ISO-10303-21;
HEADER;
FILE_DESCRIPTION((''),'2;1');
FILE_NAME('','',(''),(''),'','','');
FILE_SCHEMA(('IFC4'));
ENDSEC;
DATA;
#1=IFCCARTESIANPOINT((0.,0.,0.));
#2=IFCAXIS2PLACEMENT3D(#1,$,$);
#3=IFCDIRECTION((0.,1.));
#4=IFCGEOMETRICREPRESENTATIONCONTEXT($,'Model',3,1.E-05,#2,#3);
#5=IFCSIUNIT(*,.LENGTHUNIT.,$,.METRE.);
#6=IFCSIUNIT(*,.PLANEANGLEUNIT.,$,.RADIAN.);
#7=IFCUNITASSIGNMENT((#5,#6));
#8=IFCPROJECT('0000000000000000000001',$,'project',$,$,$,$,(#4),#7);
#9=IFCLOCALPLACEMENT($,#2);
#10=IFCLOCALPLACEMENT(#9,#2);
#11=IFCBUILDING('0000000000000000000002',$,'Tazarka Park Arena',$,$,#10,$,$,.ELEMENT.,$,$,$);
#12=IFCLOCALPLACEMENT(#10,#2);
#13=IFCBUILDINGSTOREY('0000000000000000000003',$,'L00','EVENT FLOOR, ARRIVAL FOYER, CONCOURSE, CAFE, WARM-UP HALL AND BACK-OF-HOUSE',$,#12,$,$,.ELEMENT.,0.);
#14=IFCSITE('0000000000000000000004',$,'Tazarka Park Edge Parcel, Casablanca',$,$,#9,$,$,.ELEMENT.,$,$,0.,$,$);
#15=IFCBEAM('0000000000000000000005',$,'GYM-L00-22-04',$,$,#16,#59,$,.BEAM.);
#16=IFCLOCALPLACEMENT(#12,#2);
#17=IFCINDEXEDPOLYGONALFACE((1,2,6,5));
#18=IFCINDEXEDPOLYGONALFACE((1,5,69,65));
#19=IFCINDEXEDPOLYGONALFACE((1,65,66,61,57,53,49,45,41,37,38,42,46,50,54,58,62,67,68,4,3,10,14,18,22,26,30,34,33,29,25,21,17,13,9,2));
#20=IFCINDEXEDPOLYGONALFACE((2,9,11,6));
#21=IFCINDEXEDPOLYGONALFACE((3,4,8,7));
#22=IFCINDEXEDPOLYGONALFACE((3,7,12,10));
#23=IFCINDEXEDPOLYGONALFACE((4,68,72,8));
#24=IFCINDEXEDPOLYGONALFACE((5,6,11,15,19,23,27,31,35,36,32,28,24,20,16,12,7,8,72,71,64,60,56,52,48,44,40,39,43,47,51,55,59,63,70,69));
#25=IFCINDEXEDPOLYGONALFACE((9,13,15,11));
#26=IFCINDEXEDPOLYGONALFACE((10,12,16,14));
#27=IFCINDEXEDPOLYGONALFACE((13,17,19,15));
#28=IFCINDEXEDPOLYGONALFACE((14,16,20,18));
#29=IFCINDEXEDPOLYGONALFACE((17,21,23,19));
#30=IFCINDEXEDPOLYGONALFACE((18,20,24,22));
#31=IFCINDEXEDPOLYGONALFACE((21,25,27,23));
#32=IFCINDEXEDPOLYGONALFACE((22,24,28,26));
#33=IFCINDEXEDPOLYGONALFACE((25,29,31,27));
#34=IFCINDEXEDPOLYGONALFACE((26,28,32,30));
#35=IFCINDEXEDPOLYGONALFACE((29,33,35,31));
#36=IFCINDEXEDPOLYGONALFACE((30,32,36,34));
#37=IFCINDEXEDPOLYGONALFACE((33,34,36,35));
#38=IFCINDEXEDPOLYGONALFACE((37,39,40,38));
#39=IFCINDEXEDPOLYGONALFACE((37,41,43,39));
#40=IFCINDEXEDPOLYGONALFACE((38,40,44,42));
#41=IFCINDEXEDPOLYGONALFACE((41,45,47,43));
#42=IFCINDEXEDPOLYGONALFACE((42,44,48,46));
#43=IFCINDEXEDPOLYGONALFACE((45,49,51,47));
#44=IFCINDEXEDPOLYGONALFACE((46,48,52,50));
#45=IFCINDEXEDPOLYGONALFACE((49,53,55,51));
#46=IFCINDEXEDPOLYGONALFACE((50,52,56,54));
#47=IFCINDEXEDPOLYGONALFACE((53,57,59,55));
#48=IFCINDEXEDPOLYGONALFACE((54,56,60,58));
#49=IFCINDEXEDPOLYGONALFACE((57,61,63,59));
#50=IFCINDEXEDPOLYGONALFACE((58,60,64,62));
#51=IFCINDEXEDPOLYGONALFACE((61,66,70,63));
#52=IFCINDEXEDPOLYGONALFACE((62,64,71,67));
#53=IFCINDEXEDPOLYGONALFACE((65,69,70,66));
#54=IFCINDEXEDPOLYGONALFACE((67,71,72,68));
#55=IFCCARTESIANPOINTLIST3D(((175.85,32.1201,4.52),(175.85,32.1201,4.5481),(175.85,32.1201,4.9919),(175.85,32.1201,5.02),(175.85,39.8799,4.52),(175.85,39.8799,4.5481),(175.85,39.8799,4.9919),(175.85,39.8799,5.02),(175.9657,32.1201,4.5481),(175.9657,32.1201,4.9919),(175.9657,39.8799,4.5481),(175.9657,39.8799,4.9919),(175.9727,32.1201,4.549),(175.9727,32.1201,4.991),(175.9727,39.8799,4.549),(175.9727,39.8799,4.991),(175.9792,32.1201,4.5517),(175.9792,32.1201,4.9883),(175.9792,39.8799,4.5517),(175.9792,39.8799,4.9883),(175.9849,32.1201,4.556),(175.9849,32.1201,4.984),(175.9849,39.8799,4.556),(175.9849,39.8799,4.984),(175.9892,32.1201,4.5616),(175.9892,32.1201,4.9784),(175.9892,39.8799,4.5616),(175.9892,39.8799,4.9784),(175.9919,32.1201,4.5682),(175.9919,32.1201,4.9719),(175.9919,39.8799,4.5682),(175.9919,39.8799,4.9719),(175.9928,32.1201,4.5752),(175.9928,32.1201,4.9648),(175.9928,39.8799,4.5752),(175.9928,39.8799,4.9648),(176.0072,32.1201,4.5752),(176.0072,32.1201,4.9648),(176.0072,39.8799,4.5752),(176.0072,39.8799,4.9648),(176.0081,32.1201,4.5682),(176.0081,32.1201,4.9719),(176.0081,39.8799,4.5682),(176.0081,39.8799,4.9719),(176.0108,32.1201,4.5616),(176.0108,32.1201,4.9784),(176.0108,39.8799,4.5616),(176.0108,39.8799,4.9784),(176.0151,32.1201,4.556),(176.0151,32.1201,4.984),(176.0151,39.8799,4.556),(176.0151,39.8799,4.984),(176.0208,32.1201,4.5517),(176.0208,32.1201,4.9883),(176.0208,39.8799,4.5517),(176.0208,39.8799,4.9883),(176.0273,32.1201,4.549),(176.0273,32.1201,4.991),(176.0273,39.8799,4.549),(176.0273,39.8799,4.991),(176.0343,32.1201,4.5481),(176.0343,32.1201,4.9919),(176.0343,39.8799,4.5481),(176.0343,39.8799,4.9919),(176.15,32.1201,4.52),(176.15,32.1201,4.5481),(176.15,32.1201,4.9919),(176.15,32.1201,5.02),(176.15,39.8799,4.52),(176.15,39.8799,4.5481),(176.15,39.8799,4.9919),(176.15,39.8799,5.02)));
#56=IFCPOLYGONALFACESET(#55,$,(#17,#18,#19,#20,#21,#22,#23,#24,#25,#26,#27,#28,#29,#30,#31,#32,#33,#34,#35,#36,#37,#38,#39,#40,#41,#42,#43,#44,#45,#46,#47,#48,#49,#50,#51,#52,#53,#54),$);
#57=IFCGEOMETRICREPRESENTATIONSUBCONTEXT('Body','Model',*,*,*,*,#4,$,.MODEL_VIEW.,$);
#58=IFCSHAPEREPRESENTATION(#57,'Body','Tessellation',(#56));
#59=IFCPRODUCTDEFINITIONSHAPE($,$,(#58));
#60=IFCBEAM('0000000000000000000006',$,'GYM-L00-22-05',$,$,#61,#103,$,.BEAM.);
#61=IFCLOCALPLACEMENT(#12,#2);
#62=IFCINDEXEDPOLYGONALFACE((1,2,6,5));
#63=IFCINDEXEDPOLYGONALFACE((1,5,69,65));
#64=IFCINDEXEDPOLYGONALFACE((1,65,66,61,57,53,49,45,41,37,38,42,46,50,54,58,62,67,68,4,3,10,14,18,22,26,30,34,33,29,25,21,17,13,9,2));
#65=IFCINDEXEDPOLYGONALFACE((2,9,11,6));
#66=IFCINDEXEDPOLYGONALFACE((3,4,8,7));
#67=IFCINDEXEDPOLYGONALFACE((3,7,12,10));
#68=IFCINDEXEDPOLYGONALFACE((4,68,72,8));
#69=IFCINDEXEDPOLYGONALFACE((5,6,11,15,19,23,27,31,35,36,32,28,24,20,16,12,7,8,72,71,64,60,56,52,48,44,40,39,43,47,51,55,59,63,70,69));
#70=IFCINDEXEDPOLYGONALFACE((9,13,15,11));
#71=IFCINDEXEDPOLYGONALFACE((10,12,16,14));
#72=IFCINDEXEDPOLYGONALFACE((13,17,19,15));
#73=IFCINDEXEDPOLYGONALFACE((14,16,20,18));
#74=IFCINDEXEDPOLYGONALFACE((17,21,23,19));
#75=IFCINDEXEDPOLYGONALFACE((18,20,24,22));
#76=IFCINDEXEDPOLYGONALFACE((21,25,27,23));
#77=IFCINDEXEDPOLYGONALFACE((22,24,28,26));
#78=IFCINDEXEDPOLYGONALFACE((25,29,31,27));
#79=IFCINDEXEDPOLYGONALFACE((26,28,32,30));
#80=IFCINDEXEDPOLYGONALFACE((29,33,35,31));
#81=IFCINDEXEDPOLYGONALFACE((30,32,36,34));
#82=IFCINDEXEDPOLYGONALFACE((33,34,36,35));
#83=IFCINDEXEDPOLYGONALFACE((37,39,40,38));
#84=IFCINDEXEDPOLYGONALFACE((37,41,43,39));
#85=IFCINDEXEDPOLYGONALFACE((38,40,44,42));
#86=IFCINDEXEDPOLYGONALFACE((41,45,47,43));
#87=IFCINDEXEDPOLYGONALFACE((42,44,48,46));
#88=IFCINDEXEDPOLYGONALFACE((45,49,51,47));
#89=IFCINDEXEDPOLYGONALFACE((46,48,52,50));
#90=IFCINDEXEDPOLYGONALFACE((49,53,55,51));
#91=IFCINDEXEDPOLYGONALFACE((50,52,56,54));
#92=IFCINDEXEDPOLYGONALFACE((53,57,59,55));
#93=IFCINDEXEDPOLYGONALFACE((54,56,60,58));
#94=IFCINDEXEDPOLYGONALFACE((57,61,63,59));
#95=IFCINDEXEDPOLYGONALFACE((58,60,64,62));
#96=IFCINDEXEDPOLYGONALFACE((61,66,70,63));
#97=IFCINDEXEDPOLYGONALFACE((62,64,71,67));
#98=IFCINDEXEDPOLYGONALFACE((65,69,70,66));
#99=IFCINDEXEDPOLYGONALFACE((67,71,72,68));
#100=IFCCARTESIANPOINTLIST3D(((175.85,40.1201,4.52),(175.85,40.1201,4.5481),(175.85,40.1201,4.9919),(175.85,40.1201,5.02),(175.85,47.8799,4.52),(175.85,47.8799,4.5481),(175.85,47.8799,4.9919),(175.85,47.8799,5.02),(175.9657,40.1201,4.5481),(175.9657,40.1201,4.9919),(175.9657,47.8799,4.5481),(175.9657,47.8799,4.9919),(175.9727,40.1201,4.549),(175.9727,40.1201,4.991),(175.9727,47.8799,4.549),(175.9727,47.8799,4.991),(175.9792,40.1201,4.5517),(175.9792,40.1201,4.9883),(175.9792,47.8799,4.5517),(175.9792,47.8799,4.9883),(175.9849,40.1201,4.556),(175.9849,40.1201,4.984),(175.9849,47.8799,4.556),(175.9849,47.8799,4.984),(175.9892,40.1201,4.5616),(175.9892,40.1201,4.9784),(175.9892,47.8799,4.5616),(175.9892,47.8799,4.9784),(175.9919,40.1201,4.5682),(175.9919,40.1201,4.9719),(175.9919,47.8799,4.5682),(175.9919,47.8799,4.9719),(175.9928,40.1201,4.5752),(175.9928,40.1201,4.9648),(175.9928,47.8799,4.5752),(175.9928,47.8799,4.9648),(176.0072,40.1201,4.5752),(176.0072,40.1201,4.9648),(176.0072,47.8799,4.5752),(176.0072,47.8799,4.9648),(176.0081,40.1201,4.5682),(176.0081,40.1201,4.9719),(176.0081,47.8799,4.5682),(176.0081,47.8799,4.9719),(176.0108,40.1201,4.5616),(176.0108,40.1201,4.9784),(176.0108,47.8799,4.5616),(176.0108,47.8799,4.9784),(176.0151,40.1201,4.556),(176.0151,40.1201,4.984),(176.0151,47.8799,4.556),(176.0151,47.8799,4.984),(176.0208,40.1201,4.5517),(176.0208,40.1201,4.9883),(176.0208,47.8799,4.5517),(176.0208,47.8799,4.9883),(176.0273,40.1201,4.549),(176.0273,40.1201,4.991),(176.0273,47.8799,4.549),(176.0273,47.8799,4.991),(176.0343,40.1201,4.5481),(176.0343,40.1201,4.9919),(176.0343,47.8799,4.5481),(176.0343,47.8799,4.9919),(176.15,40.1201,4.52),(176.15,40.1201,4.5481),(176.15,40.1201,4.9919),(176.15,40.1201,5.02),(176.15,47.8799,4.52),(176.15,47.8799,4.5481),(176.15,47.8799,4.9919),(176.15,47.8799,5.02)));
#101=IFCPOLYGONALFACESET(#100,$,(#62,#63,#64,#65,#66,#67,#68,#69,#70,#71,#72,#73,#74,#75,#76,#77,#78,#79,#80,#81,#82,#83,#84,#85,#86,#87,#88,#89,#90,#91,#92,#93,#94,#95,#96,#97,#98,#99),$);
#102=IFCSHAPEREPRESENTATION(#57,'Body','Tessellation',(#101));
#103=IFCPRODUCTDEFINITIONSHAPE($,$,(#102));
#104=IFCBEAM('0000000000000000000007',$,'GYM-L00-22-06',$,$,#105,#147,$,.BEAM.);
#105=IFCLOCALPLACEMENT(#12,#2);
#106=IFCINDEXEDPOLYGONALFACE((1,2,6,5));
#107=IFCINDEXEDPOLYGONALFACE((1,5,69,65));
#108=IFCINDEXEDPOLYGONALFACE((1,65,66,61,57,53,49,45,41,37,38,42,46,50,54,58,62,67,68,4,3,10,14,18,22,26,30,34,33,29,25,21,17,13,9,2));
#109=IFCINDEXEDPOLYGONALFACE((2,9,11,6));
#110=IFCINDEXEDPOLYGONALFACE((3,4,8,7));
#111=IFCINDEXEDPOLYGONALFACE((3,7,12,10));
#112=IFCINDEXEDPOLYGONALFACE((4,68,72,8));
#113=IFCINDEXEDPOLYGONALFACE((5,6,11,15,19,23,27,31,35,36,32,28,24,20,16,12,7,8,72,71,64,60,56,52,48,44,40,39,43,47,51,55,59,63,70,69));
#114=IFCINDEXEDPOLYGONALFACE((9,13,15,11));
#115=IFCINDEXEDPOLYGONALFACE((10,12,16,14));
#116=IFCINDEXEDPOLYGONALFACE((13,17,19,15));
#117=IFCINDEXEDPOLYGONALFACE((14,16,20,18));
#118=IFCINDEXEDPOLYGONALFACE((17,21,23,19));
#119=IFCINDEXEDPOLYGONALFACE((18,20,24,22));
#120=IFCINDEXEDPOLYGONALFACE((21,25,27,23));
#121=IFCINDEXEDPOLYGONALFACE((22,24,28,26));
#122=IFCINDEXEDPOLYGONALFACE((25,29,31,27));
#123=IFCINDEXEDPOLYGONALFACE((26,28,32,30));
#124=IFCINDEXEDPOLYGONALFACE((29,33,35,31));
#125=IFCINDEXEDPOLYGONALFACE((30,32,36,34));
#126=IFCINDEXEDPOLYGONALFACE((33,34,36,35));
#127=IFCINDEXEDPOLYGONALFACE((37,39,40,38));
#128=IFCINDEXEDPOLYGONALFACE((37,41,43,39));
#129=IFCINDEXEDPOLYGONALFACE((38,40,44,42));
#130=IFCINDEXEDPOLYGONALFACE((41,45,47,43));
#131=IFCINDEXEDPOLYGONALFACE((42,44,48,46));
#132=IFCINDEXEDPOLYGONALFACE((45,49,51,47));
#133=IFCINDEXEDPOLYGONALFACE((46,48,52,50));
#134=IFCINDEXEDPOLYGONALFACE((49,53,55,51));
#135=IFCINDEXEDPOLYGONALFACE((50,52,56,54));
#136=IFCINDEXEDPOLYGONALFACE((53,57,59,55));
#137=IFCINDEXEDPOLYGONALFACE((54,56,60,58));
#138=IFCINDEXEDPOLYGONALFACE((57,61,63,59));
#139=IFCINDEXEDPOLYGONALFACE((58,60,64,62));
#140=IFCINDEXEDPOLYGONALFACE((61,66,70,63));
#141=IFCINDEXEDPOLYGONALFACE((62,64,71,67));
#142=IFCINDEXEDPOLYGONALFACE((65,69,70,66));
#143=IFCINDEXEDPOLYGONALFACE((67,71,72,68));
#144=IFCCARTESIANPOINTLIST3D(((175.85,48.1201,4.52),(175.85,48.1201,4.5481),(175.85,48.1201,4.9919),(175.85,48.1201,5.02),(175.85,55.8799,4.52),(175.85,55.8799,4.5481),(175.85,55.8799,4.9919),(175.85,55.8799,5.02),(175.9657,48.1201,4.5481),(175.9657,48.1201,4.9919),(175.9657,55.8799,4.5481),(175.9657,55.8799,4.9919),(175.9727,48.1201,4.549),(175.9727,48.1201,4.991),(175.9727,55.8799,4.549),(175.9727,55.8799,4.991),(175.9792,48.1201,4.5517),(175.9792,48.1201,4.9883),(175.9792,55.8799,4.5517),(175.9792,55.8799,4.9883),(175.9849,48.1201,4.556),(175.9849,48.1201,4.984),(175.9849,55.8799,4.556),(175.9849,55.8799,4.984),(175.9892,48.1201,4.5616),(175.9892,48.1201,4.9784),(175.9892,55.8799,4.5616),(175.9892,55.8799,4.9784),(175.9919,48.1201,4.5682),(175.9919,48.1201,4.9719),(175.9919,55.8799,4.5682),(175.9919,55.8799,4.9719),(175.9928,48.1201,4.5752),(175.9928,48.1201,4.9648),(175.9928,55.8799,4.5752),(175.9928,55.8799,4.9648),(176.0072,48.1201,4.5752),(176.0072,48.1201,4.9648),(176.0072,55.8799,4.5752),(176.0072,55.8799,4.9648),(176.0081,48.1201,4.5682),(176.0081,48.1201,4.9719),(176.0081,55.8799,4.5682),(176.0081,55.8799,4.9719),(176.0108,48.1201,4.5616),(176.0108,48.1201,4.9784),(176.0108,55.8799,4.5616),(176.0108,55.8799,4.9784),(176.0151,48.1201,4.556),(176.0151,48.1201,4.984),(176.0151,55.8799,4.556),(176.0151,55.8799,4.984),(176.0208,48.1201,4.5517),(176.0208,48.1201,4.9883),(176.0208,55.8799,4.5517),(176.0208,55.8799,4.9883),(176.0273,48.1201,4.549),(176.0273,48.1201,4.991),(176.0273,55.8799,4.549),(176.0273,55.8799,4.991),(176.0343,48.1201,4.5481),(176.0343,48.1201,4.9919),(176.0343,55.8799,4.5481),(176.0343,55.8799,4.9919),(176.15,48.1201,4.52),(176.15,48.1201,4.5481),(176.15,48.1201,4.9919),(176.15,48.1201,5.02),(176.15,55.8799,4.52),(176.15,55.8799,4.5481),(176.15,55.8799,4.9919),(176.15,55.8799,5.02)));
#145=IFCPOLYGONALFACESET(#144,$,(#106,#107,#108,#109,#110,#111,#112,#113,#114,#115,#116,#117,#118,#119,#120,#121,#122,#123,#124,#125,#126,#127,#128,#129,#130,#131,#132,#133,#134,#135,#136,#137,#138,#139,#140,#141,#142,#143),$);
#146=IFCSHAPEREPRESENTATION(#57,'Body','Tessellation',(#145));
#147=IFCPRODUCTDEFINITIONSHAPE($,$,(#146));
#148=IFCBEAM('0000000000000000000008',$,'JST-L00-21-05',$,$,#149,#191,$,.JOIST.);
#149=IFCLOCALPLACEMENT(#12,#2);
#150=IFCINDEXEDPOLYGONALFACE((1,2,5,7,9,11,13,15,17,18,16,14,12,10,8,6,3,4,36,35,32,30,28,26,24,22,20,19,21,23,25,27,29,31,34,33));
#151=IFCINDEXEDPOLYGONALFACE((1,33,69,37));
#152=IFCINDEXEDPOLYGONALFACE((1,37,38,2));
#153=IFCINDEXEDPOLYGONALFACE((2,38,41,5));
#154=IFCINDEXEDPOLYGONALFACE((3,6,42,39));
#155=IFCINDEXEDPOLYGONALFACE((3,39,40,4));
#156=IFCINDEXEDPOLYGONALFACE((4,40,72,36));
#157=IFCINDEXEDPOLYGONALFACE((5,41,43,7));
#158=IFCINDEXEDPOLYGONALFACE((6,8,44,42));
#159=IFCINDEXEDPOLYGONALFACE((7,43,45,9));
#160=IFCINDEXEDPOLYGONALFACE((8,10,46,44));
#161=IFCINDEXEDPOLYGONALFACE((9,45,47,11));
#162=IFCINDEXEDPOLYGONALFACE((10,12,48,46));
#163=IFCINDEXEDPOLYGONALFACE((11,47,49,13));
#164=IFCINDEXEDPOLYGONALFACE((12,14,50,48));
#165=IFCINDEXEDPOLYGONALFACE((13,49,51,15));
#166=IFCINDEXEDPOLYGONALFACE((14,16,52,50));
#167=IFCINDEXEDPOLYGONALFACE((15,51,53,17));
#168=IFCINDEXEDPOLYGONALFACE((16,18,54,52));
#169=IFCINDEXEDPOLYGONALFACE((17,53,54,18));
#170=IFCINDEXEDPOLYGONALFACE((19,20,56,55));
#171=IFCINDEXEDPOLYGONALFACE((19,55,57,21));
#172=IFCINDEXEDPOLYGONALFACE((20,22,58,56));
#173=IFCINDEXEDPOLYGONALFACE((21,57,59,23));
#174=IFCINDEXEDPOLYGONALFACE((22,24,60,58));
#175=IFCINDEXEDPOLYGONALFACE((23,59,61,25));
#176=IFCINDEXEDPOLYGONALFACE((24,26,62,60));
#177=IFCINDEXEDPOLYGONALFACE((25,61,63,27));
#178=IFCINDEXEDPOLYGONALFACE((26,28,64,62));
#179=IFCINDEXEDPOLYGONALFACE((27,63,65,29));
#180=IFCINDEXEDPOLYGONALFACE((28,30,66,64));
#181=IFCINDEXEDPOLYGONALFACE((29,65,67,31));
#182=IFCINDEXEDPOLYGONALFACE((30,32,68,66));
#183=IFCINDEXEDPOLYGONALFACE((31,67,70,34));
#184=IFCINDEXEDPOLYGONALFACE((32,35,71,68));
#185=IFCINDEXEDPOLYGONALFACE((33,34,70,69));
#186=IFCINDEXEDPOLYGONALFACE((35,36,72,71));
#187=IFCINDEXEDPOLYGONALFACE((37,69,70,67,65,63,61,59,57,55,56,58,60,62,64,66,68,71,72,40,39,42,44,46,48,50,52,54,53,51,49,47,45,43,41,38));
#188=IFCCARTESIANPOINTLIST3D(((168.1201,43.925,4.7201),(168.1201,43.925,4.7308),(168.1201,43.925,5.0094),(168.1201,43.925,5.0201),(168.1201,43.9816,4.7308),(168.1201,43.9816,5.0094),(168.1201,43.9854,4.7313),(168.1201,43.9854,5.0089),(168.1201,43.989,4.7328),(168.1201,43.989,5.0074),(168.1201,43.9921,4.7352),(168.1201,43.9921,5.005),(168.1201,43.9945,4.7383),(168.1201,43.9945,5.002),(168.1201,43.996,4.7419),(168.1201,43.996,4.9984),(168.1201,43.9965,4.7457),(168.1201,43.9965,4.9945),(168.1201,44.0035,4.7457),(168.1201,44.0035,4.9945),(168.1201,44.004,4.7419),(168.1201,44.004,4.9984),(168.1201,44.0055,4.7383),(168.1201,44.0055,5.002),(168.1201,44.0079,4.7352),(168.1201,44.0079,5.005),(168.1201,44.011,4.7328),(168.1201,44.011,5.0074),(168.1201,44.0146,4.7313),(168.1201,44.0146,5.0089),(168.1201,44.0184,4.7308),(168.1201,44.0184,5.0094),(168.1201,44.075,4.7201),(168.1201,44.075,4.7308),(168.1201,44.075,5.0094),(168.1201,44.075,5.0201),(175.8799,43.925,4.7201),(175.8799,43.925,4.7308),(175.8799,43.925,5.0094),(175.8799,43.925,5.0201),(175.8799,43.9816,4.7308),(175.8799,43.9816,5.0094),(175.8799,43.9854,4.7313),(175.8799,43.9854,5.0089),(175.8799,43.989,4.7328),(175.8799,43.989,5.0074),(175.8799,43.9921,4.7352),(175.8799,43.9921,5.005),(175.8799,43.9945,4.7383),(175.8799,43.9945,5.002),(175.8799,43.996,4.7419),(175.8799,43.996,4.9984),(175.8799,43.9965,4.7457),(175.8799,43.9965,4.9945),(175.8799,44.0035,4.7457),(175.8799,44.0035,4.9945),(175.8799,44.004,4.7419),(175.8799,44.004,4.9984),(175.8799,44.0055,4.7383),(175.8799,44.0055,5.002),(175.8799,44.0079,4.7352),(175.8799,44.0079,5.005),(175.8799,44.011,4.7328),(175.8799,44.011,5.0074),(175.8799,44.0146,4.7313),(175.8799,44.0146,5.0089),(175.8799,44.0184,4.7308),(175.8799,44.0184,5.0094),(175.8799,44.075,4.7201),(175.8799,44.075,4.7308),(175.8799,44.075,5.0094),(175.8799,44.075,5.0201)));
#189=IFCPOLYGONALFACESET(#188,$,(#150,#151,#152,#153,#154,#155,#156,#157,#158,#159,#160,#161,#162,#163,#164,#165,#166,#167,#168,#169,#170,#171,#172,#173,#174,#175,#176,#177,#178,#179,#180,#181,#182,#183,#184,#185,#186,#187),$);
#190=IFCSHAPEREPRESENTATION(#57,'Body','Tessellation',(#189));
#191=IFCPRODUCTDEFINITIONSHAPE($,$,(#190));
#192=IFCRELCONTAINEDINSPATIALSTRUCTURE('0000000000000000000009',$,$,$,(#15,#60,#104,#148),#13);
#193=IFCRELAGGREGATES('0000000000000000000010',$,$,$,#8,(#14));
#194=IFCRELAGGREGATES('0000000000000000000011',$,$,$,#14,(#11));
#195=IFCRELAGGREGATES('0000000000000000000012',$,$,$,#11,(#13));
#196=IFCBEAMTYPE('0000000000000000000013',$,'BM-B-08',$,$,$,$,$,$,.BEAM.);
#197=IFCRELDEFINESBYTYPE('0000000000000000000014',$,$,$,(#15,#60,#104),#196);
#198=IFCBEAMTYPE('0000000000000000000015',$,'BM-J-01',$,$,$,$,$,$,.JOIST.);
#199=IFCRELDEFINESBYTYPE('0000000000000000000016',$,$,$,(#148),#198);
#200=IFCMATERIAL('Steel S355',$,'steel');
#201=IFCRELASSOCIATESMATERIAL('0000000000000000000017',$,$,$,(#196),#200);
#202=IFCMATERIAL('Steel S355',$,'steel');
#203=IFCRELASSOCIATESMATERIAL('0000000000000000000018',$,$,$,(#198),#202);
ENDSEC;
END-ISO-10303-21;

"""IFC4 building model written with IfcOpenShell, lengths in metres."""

from ifc_helpers import new_model, si_unit, direction, frame, origin, origin_2d, place, context, subcontext, project, spatial, i_section, extrude, material, material_profile, profile_set, type_object, element, save


model = new_model("IFC4")

# Units and contexts
model_context = context("Model", 3, precision=1e-05, world=origin(), true_north=direction((0.0, 1.0)))
body_context = subcontext(model_context, "Body", "Model", "MODEL_VIEW")
ifc_project = project(units=[si_unit("LENGTHUNIT", "METRE"), si_unit("PLANEANGLEUNIT", "RADIAN")], contexts=[model_context])

# Site, building, storey
site_placement = place(None, origin())
site = spatial("IfcSite", under=ifc_project, at=site_placement, Name="Tazarka Park Edge Parcel, Casablanca", CompositionType="ELEMENT", RefElevation=0.0)
building_placement = place(site_placement, origin())
building = spatial("IfcBuilding", under=site, at=building_placement, Name="Tazarka Park Arena", CompositionType="ELEMENT")
storey_placement = place(building_placement, origin())
storey = spatial("IfcBuildingStorey", under=building, at=storey_placement, Name="L00", Description="EVENT FLOOR, ARRIVAL FOYER, CONCOURSE, CAFE, WARM-UP HALL AND BACK-OF-HOUSE", CompositionType="ELEMENT", Elevation=0.0)

# Beams
ifc_material_1 = material(Name="Steel S355", Category="steel")
ifc_material_profile_1 = material_profile(ifc_material_1, i_section(OverallWidth=0.3, OverallDepth=0.5, WebThickness=0.0144, FlangeThickness=0.0281, FilletRadius=0.0271, at=origin_2d()), Name="Steel S355")
ifc_profile_set_1 = profile_set([ifc_material_profile_1], Name="Steel S355")
beam_type_1 = type_object("IfcBeamType", Name="BM-B-08", PredefinedType="BEAM", material=ifc_profile_set_1)
for number, where, z_axis, x_axis, name in (
    (1, (176.0, 32.1201, 4.77), (0.0, 1.0, 0.0), (-1.0, 0.0, 0.0), "GYM-L00-22-04"),
    (2, (176.0, 40.1201, 4.77), (0.0, 1.0, 0.0), (-1.0, 0.0, 0.0), "GYM-L00-22-05"),
    (3, (176.0, 48.1201, 4.77), (0.0, 1.0, 0.0), (-1.0, 0.0, 0.0), "GYM-L00-22-06"),
):
    element("IfcBeam", number, at=place(storey_placement, frame(where, z_axis=z_axis, x_axis=x_axis)), inside=storey, type_object=beam_type_1, Name=name, PredefinedType="BEAM", context=body_context, shape_type="SweptSolid", body=[
        extrude(i_section(OverallWidth=0.3, OverallDepth=0.5, WebThickness=0.0144, FlangeThickness=0.0281, FilletRadius=0.0271, at=origin_2d()), origin(), (0.0, 0.0, 1.0), 7.7598),
    ])
ifc_material_2 = material(Name="Steel S355", Category="steel")
ifc_material_profile_2 = material_profile(ifc_material_2, i_section(OverallWidth=0.1499, OverallDepth=0.3, WebThickness=0.0071, FlangeThickness=0.0107, FilletRadius=0.0149, at=origin_2d()), Name="Steel S355")
ifc_profile_set_2 = profile_set([ifc_material_profile_2], Name="Steel S355")
beam_type_2 = type_object("IfcBeamType", Name="BM-J-01", PredefinedType="JOIST", material=ifc_profile_set_2)
for number, where, z_axis, x_axis, name in (
    (4, (168.1201, 44.0, 4.8701), (1.0, 0.0, 0.0), (0.0, 1.0, 0.0), "JST-L00-21-05"),
):
    element("IfcBeam", number, at=place(storey_placement, frame(where, z_axis=z_axis, x_axis=x_axis)), inside=storey, type_object=beam_type_2, Name=name, PredefinedType="JOIST", context=body_context, shape_type="SweptSolid", body=[
        extrude(i_section(OverallWidth=0.1499, OverallDepth=0.3, WebThickness=0.0071, FlangeThickness=0.0107, FilletRadius=0.0149, at=origin_2d()), origin(), (0.0, 0.0, 1.0), 7.7598),
    ])

save(model, "model.ifc")
